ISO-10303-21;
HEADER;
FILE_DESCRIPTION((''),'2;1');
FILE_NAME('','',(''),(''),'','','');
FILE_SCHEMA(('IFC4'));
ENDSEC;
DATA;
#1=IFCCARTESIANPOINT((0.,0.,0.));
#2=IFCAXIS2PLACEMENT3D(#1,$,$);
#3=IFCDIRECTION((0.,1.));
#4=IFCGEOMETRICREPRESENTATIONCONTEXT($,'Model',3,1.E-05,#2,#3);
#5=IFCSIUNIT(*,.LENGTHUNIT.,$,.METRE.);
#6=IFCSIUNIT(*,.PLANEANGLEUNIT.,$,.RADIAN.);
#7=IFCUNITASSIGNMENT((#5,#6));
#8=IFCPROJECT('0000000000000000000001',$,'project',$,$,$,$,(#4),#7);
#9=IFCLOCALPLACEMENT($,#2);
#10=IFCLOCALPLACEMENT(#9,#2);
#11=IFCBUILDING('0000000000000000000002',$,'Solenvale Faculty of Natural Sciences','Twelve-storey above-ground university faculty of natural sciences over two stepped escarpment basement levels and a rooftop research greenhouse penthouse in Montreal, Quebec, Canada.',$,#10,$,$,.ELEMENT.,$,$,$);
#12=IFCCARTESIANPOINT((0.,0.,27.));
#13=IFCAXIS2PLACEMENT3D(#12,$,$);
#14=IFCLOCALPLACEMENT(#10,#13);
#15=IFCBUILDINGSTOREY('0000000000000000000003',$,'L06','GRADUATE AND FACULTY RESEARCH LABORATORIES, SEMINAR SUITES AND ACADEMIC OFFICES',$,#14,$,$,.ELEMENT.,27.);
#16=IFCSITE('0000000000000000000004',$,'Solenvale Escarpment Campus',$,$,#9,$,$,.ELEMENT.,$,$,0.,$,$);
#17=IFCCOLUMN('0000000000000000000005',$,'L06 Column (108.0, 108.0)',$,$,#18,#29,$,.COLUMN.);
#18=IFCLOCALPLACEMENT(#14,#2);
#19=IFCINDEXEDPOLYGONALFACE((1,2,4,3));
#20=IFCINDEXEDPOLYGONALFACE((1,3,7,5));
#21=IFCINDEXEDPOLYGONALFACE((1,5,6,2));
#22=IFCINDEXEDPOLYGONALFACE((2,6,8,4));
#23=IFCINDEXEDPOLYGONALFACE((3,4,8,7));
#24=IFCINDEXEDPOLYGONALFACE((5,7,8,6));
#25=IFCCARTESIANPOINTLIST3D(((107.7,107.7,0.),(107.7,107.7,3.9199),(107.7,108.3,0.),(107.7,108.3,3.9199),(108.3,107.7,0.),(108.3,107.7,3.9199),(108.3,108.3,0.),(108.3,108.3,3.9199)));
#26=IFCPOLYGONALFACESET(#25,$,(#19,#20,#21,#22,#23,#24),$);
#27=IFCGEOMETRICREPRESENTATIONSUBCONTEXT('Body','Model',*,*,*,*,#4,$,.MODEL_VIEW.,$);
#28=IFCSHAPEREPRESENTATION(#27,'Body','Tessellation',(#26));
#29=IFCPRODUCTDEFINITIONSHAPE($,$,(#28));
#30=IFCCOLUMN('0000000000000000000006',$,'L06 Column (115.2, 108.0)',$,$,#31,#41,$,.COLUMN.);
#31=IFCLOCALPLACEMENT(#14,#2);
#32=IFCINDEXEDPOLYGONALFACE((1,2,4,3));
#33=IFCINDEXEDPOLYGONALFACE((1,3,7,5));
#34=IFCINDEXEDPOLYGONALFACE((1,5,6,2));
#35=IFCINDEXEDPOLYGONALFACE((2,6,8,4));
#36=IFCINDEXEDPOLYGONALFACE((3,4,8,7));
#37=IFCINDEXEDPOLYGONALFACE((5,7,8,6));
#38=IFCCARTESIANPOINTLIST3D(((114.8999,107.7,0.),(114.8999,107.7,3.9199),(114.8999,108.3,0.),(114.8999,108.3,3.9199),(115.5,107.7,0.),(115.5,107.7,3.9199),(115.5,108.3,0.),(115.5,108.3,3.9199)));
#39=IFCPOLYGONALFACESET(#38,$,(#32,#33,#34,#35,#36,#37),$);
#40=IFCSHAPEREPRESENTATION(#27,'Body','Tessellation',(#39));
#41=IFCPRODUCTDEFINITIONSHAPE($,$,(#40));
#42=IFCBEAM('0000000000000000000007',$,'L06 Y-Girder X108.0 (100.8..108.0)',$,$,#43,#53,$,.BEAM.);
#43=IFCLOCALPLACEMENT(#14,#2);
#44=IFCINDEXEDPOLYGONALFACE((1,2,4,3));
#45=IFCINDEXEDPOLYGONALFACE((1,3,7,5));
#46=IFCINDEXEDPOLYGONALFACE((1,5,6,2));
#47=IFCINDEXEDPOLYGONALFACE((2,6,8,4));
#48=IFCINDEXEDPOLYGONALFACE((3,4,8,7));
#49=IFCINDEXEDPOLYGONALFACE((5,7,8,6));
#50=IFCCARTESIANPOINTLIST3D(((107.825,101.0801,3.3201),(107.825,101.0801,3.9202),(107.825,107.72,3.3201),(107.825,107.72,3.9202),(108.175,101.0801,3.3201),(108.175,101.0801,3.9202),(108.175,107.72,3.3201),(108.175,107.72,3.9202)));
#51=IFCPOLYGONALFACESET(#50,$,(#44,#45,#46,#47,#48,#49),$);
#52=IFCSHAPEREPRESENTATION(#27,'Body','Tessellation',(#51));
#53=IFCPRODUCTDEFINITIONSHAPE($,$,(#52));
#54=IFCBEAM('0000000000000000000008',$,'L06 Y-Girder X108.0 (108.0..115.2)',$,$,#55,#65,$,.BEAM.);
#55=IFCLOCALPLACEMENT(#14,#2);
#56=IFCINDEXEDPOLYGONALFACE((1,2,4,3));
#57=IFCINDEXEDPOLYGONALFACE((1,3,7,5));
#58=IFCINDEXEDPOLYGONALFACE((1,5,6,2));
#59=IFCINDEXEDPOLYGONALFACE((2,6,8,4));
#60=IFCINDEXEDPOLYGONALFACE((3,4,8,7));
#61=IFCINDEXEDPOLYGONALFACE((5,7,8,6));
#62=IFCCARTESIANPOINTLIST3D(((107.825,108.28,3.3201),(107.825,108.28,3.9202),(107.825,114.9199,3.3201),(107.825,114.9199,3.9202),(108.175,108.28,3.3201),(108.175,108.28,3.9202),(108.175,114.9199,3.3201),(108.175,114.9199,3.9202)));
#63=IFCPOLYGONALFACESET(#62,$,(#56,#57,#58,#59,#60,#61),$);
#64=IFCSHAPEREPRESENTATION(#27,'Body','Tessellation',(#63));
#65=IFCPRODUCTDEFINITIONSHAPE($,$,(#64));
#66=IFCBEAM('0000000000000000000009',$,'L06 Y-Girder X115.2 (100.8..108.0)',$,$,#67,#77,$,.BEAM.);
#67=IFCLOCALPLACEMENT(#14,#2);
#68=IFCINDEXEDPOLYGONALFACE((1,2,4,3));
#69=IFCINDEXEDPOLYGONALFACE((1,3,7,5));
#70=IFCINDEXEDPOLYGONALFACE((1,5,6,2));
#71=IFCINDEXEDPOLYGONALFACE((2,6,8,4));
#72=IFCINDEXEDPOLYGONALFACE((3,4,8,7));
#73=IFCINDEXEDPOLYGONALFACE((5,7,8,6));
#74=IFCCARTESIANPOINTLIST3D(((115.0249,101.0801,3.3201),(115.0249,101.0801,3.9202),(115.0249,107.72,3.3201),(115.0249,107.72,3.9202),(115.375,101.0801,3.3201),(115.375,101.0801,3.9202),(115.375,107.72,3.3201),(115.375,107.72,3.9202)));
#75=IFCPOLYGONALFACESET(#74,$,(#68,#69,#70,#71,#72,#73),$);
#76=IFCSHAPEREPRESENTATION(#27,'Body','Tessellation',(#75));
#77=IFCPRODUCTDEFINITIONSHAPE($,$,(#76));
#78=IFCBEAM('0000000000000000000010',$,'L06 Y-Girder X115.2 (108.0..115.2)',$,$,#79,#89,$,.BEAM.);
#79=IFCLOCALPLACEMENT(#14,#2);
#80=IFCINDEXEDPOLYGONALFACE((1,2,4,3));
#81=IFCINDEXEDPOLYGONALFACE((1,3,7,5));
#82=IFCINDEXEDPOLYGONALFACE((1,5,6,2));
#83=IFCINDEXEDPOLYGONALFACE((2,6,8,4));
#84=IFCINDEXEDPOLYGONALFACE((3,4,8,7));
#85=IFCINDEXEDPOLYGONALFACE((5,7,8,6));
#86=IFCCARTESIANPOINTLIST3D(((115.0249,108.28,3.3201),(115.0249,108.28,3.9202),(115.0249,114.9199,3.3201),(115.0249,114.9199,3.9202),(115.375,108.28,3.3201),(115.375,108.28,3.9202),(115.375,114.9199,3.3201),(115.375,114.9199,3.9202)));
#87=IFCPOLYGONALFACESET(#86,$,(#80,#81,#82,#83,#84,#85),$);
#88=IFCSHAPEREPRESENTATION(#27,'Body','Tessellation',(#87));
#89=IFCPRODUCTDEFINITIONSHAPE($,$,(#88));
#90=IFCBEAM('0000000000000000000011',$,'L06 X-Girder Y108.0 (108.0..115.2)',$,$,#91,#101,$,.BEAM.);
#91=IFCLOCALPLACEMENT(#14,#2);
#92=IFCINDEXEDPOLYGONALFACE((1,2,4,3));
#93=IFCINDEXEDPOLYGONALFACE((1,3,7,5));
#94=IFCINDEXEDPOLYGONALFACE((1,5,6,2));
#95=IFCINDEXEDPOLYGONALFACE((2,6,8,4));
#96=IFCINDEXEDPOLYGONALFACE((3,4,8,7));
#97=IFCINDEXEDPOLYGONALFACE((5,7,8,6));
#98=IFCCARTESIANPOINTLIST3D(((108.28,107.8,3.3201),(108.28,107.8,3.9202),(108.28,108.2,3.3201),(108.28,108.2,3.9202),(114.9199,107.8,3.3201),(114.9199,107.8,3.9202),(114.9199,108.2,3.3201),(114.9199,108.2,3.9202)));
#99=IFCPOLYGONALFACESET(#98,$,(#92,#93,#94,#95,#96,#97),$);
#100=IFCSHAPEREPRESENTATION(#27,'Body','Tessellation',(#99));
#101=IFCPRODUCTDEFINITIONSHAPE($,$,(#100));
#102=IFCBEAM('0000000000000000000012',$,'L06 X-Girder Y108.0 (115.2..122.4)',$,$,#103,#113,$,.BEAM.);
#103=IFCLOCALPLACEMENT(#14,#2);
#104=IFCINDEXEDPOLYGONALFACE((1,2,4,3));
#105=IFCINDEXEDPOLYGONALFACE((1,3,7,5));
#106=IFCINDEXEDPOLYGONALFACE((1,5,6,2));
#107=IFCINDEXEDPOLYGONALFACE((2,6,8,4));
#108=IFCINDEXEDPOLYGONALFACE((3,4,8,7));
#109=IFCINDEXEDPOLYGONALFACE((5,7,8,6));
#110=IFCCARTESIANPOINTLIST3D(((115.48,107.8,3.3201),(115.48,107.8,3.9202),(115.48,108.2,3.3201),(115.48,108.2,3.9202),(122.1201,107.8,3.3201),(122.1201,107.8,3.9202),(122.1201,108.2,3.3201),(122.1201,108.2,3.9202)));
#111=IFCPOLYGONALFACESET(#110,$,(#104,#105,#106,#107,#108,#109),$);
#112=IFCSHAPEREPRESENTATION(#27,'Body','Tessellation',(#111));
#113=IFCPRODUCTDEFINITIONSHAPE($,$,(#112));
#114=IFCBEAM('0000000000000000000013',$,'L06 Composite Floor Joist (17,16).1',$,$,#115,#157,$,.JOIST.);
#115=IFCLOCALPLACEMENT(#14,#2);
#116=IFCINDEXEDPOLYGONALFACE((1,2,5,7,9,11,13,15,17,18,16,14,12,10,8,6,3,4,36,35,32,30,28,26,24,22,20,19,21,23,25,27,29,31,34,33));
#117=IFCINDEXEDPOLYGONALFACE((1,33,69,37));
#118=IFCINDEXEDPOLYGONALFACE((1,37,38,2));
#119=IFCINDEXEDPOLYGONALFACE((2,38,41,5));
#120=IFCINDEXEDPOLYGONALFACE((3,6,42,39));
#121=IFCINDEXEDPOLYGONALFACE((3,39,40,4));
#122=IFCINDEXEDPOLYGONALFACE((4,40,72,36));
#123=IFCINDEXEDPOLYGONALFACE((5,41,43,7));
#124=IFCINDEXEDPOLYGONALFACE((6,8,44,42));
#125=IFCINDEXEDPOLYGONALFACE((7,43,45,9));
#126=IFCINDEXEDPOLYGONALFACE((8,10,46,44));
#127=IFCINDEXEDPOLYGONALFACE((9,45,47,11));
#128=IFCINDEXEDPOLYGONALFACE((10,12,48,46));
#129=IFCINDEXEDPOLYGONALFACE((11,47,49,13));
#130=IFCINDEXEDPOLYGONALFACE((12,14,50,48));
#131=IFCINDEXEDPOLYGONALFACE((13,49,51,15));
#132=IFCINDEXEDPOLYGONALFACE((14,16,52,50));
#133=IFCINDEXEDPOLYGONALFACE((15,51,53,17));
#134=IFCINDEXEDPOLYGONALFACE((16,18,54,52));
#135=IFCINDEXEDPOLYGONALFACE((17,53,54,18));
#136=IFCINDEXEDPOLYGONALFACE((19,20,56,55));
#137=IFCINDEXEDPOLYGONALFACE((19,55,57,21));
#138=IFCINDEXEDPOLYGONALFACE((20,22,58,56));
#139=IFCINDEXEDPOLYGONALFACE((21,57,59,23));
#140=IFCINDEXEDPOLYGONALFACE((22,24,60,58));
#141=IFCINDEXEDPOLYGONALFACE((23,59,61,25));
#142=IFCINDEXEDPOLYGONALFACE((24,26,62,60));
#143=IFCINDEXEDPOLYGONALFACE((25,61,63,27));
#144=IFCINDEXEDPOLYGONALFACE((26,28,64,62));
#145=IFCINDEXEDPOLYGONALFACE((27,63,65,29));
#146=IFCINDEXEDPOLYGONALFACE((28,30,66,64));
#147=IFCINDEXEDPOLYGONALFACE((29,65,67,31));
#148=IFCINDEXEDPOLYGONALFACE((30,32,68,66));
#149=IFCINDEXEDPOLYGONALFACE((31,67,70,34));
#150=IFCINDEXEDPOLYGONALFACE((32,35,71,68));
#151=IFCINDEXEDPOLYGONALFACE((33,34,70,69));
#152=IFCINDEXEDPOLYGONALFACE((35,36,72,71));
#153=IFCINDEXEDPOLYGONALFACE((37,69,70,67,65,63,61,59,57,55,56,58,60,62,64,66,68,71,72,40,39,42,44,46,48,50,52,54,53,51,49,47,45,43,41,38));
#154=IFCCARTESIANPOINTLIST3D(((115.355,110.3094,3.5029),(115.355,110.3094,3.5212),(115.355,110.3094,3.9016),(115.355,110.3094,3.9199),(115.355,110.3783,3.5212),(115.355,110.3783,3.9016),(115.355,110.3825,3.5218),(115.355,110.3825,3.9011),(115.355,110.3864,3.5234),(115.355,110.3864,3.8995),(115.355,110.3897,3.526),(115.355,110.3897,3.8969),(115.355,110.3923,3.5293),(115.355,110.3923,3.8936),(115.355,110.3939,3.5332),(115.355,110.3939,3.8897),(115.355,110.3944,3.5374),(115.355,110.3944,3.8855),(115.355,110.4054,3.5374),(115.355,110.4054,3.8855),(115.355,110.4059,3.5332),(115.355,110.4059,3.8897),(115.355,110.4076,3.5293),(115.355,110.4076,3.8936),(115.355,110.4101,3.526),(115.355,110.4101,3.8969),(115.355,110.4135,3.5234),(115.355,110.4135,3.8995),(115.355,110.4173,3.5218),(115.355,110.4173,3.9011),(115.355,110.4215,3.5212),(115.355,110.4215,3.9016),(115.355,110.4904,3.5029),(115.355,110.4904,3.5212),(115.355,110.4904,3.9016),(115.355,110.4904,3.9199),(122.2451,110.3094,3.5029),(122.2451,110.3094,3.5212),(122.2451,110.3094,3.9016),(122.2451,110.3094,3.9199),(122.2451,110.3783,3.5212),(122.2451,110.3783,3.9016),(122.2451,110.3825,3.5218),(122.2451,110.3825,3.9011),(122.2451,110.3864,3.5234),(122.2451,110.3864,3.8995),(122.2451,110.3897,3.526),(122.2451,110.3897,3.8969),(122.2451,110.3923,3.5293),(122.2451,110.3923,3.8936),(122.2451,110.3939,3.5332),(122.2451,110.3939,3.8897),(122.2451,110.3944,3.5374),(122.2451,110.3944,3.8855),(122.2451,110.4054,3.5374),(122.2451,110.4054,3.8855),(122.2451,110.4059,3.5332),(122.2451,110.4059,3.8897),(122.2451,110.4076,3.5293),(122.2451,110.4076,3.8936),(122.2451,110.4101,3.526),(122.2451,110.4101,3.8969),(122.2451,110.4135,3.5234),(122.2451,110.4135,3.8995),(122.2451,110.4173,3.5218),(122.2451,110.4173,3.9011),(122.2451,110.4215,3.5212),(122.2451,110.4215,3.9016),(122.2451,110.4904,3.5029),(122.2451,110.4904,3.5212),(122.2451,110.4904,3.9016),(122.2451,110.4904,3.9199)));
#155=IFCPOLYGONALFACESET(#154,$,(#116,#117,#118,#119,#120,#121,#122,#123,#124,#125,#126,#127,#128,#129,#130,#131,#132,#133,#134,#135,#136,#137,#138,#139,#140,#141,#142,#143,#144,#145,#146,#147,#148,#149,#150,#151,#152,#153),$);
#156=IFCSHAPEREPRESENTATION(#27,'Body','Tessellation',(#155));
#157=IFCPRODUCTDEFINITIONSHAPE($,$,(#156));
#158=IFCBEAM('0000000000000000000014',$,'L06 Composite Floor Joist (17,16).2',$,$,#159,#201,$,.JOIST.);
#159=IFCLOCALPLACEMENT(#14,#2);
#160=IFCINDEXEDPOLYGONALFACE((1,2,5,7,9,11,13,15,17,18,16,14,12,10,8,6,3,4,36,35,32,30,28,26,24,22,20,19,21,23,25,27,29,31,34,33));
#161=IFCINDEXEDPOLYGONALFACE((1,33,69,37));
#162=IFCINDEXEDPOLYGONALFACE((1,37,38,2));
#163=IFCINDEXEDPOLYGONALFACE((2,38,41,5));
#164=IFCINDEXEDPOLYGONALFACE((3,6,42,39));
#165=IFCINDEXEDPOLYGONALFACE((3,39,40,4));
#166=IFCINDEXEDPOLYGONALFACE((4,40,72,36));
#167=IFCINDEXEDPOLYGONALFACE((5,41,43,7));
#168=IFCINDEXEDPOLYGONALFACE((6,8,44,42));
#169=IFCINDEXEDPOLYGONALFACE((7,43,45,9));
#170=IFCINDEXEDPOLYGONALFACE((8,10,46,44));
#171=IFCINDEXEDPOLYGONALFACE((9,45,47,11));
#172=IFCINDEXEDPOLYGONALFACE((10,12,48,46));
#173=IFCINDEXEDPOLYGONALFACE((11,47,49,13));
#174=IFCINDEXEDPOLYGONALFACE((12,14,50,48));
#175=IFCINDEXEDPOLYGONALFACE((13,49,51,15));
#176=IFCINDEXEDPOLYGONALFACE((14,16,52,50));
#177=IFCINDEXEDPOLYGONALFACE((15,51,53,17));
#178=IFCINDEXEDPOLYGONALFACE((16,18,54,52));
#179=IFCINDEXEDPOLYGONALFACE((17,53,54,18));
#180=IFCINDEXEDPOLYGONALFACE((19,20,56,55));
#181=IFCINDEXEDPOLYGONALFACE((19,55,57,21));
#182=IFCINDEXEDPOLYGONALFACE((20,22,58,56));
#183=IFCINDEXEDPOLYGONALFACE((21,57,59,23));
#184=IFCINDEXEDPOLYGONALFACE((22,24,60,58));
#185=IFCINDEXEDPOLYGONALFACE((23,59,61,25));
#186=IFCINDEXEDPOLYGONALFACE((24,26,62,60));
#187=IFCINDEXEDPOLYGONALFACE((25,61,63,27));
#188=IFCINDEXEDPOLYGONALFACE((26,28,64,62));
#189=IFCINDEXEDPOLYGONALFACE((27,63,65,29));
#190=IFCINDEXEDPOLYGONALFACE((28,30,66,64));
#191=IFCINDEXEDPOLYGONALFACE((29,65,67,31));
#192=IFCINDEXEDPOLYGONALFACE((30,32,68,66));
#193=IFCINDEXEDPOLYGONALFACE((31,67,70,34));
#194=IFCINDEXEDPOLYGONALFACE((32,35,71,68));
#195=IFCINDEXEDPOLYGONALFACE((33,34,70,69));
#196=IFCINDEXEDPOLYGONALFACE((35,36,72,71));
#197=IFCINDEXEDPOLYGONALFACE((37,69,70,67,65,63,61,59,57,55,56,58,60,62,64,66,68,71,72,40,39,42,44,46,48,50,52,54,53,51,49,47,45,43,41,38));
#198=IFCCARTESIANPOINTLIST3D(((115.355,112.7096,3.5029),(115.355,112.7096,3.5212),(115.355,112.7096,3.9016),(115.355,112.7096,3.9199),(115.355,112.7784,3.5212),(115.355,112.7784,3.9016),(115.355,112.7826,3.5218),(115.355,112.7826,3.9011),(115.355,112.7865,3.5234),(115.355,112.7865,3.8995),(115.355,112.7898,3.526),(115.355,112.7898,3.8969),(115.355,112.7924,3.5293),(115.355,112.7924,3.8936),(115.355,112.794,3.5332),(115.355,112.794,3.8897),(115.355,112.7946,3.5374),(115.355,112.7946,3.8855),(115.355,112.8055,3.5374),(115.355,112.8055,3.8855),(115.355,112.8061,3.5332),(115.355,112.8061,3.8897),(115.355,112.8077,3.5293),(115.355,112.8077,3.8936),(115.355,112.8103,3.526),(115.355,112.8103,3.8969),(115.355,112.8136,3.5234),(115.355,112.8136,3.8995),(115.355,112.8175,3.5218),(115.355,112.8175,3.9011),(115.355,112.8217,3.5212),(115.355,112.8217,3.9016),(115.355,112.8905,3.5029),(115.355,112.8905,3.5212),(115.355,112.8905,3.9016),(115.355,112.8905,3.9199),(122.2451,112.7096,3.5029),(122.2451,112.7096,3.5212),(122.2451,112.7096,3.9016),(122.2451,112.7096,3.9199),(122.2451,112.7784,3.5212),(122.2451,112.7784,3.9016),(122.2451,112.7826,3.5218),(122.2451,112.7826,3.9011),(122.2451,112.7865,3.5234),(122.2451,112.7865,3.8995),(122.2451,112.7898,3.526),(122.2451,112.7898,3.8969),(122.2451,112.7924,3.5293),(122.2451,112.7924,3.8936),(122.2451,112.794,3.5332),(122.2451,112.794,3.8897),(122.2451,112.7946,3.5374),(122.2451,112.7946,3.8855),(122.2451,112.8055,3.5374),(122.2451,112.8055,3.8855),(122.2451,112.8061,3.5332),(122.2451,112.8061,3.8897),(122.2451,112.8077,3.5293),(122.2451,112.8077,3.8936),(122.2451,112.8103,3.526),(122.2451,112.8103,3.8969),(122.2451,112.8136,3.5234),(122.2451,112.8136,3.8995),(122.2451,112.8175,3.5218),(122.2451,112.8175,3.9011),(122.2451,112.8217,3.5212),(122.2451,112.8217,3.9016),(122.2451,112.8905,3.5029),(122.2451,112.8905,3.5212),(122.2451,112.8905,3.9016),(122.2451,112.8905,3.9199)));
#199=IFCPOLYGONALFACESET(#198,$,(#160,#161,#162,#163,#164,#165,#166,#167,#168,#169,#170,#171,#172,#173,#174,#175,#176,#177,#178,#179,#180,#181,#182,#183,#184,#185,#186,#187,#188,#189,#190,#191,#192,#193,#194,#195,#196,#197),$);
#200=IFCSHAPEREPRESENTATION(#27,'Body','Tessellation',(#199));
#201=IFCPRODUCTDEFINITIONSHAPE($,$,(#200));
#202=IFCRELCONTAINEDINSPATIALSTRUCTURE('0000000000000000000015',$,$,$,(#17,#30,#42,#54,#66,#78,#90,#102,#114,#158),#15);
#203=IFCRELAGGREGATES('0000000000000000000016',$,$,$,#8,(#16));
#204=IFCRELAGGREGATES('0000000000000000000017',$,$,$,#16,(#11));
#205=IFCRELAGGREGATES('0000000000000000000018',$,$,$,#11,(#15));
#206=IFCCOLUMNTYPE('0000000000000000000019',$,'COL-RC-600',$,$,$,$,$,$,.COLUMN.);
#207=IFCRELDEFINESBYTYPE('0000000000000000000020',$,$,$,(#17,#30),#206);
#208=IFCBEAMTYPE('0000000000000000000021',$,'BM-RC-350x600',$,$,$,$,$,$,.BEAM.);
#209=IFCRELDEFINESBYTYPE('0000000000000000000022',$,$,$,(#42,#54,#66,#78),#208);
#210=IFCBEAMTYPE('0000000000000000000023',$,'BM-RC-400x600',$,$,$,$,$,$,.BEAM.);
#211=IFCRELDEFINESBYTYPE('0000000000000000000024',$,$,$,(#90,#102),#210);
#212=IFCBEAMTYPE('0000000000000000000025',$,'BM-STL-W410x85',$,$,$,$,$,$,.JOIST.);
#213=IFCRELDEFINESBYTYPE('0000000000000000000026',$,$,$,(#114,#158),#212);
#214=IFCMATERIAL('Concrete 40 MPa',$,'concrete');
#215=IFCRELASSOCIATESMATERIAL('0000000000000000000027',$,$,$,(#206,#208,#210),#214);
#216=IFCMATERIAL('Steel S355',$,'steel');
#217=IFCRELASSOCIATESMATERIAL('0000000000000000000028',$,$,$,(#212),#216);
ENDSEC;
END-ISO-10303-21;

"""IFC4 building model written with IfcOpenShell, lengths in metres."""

from ifc_helpers import new_model, si_unit, direction, frame, origin, origin_2d, place, context, subcontext, project, spatial, rectangle, i_section, extrude, material, material_profile, profile_set, type_object, element, save


model = new_model("IFC4")

# Units and contexts
model_context = context("Model", 3, precision=1e-05, world=origin(), true_north=direction((0.0, 1.0)))
body_context = subcontext(model_context, "Body", "Model", "MODEL_VIEW")
ifc_project = project(units=[si_unit("LENGTHUNIT", "METRE"), si_unit("PLANEANGLEUNIT", "RADIAN")], contexts=[model_context])

# Site, building, storey
site_placement = place(None, origin())
site = spatial("IfcSite", under=ifc_project, at=site_placement, Name="Solenvale Escarpment Campus", CompositionType="ELEMENT", RefElevation=0.0)
building_placement = place(site_placement, origin())
building = spatial("IfcBuilding", under=site, at=building_placement, Name="Solenvale Faculty of Natural Sciences", Description="Twelve-storey above-ground university faculty of natural sciences over two stepped escarpment basement levels and a rooftop research greenhouse penthouse in Montreal, Quebec, Canada.", CompositionType="ELEMENT")
storey_placement = place(building_placement, frame((0.0, 0.0, 27.0)))
storey = spatial("IfcBuildingStorey", under=building, at=storey_placement, Name="L06", Description="GRADUATE AND FACULTY RESEARCH LABORATORIES, SEMINAR SUITES AND ACADEMIC OFFICES", CompositionType="ELEMENT", Elevation=27.0)

# Columns
ifc_material_1 = material(Name="Concrete 40 MPa", Category="concrete")
ifc_material_profile_1 = material_profile(ifc_material_1, rectangle(XDim=0.6001, YDim=0.6001, at=origin_2d()), Name="RC-COL-600x600")
ifc_profile_set_1 = profile_set([ifc_material_profile_1], Name="Concrete 40 MPa")
column_type = type_object("IfcColumnType", Name="COL-RC-600", PredefinedType="COLUMN", material=ifc_profile_set_1)
for number, where, z_axis, x_axis, name in (
    (1, (108.0, 108.0, 0.0), (0.0, 0.0, 1.0), (1.0, 0.0, 0.0), "L06 Column (108.0, 108.0)"),
    (2, (115.2, 108.0, 0.0), (0.0, 0.0, 1.0), (1.0, 0.0, 0.0), "L06 Column (115.2, 108.0)"),
):
    element("IfcColumn", number, at=place(storey_placement, frame(where, z_axis=z_axis, x_axis=x_axis)), inside=storey, type_object=column_type, Name=name, PredefinedType="COLUMN", context=body_context, shape_type="SweptSolid", body=[
        extrude(rectangle(XDim=0.6001, YDim=0.6001, at=origin_2d()), origin(), (0.0, 0.0, 1.0), 3.9199),
    ])

# Beams
ifc_material_profile_2 = material_profile(ifc_material_1, rectangle(XDim=0.3501, YDim=0.6001, at=origin_2d()), Name="RC-BM-350x600")
ifc_profile_set_2 = profile_set([ifc_material_profile_2], Name="Concrete 40 MPa")
beam_type_1 = type_object("IfcBeamType", Name="BM-RC-350x600", PredefinedType="BEAM", material=ifc_profile_set_2)
for number, where, z_axis, x_axis, name in (
    (3, (108.0, 101.0801, 3.6201), (0.0, 1.0, 0.0), (-1.0, 0.0, 0.0), "L06 Y-Girder X108.0 (100.8..108.0)"),
    (4, (108.0, 108.28, 3.6201), (0.0, 1.0, 0.0), (-1.0, 0.0, 0.0), "L06 Y-Girder X108.0 (108.0..115.2)"),
    (5, (115.2, 101.0801, 3.6201), (0.0, 1.0, 0.0), (-1.0, 0.0, 0.0), "L06 Y-Girder X115.2 (100.8..108.0)"),
    (6, (115.2, 108.28, 3.6201), (0.0, 1.0, 0.0), (-1.0, 0.0, 0.0), "L06 Y-Girder X115.2 (108.0..115.2)"),
):
    element("IfcBeam", number, at=place(storey_placement, frame(where, z_axis=z_axis, x_axis=x_axis)), inside=storey, type_object=beam_type_1, Name=name, PredefinedType="BEAM", context=body_context, shape_type="SweptSolid", body=[
        extrude(rectangle(XDim=0.3501, YDim=0.6001, at=origin_2d()), origin(), (0.0, 0.0, 1.0), 6.6399),
    ])
ifc_material_profile_3 = material_profile(ifc_material_1, rectangle(XDim=0.3999, YDim=0.6001, at=origin_2d()), Name="RC-BM-400x600")
ifc_profile_set_3 = profile_set([ifc_material_profile_3], Name="Concrete 40 MPa")
beam_type_2 = type_object("IfcBeamType", Name="BM-RC-400x600", PredefinedType="BEAM", material=ifc_profile_set_3)
beam_1_placement = place(storey_placement, frame((108.28, 108.0, 3.6201), z_axis=(1.0, 0.0, 0.0), x_axis=(0.0, 1.0, 0.0)))
element("IfcBeam", 7, at=beam_1_placement, inside=storey, type_object=beam_type_2, Name="L06 X-Girder Y108.0 (108.0..115.2)", PredefinedType="BEAM", context=body_context, shape_type="SweptSolid", body=[
    extrude(rectangle(XDim=0.3999, YDim=0.6001, at=origin_2d()), origin(), (0.0, 0.0, 1.0), 6.6399),
])
beam_2_placement = place(storey_placement, frame((115.48, 108.0, 3.6201), z_axis=(1.0, 0.0, 0.0), x_axis=(0.0, 1.0, 0.0)))
element("IfcBeam", 8, at=beam_2_placement, inside=storey, type_object=beam_type_2, Name="L06 X-Girder Y108.0 (115.2..122.4)", PredefinedType="BEAM", context=body_context, shape_type="SweptSolid", body=[
    extrude(rectangle(XDim=0.3999, YDim=0.6001, at=origin_2d()), origin(), (0.0, 0.0, 1.0), 6.6401),
])
ifc_material_2 = material(Name="Steel S355", Category="steel")
ifc_material_profile_4 = material_profile(ifc_material_2, i_section(OverallWidth=0.1809, OverallDepth=0.417, WebThickness=0.011, FlangeThickness=0.0183, FilletRadius=0.0161, at=origin_2d()), Name="W410x85")
ifc_profile_set_4 = profile_set([ifc_material_profile_4], Name="Steel S355")
beam_type_3 = type_object("IfcBeamType", Name="BM-STL-W410x85", PredefinedType="JOIST", material=ifc_profile_set_4)
for number, where, z_axis, x_axis, name in (
    (9, (115.355, 110.3999, 3.7114), (1.0, 0.0, 0.0), (0.0, 1.0, 0.0), "L06 Composite Floor Joist (17,16).1"),
    (10, (115.355, 112.8, 3.7114), (1.0, 0.0, 0.0), (0.0, 1.0, 0.0), "L06 Composite Floor Joist (17,16).2"),
):
    element("IfcBeam", number, at=place(storey_placement, frame(where, z_axis=z_axis, x_axis=x_axis)), inside=storey, type_object=beam_type_3, Name=name, PredefinedType="JOIST", context=body_context, shape_type="SweptSolid", body=[
        extrude(i_section(OverallWidth=0.1809, OverallDepth=0.417, WebThickness=0.011, FlangeThickness=0.0183, FilletRadius=0.0161, at=origin_2d()), origin(), (0.0, 0.0, 1.0), 6.8901),
    ])

save(model, "model.ifc")
